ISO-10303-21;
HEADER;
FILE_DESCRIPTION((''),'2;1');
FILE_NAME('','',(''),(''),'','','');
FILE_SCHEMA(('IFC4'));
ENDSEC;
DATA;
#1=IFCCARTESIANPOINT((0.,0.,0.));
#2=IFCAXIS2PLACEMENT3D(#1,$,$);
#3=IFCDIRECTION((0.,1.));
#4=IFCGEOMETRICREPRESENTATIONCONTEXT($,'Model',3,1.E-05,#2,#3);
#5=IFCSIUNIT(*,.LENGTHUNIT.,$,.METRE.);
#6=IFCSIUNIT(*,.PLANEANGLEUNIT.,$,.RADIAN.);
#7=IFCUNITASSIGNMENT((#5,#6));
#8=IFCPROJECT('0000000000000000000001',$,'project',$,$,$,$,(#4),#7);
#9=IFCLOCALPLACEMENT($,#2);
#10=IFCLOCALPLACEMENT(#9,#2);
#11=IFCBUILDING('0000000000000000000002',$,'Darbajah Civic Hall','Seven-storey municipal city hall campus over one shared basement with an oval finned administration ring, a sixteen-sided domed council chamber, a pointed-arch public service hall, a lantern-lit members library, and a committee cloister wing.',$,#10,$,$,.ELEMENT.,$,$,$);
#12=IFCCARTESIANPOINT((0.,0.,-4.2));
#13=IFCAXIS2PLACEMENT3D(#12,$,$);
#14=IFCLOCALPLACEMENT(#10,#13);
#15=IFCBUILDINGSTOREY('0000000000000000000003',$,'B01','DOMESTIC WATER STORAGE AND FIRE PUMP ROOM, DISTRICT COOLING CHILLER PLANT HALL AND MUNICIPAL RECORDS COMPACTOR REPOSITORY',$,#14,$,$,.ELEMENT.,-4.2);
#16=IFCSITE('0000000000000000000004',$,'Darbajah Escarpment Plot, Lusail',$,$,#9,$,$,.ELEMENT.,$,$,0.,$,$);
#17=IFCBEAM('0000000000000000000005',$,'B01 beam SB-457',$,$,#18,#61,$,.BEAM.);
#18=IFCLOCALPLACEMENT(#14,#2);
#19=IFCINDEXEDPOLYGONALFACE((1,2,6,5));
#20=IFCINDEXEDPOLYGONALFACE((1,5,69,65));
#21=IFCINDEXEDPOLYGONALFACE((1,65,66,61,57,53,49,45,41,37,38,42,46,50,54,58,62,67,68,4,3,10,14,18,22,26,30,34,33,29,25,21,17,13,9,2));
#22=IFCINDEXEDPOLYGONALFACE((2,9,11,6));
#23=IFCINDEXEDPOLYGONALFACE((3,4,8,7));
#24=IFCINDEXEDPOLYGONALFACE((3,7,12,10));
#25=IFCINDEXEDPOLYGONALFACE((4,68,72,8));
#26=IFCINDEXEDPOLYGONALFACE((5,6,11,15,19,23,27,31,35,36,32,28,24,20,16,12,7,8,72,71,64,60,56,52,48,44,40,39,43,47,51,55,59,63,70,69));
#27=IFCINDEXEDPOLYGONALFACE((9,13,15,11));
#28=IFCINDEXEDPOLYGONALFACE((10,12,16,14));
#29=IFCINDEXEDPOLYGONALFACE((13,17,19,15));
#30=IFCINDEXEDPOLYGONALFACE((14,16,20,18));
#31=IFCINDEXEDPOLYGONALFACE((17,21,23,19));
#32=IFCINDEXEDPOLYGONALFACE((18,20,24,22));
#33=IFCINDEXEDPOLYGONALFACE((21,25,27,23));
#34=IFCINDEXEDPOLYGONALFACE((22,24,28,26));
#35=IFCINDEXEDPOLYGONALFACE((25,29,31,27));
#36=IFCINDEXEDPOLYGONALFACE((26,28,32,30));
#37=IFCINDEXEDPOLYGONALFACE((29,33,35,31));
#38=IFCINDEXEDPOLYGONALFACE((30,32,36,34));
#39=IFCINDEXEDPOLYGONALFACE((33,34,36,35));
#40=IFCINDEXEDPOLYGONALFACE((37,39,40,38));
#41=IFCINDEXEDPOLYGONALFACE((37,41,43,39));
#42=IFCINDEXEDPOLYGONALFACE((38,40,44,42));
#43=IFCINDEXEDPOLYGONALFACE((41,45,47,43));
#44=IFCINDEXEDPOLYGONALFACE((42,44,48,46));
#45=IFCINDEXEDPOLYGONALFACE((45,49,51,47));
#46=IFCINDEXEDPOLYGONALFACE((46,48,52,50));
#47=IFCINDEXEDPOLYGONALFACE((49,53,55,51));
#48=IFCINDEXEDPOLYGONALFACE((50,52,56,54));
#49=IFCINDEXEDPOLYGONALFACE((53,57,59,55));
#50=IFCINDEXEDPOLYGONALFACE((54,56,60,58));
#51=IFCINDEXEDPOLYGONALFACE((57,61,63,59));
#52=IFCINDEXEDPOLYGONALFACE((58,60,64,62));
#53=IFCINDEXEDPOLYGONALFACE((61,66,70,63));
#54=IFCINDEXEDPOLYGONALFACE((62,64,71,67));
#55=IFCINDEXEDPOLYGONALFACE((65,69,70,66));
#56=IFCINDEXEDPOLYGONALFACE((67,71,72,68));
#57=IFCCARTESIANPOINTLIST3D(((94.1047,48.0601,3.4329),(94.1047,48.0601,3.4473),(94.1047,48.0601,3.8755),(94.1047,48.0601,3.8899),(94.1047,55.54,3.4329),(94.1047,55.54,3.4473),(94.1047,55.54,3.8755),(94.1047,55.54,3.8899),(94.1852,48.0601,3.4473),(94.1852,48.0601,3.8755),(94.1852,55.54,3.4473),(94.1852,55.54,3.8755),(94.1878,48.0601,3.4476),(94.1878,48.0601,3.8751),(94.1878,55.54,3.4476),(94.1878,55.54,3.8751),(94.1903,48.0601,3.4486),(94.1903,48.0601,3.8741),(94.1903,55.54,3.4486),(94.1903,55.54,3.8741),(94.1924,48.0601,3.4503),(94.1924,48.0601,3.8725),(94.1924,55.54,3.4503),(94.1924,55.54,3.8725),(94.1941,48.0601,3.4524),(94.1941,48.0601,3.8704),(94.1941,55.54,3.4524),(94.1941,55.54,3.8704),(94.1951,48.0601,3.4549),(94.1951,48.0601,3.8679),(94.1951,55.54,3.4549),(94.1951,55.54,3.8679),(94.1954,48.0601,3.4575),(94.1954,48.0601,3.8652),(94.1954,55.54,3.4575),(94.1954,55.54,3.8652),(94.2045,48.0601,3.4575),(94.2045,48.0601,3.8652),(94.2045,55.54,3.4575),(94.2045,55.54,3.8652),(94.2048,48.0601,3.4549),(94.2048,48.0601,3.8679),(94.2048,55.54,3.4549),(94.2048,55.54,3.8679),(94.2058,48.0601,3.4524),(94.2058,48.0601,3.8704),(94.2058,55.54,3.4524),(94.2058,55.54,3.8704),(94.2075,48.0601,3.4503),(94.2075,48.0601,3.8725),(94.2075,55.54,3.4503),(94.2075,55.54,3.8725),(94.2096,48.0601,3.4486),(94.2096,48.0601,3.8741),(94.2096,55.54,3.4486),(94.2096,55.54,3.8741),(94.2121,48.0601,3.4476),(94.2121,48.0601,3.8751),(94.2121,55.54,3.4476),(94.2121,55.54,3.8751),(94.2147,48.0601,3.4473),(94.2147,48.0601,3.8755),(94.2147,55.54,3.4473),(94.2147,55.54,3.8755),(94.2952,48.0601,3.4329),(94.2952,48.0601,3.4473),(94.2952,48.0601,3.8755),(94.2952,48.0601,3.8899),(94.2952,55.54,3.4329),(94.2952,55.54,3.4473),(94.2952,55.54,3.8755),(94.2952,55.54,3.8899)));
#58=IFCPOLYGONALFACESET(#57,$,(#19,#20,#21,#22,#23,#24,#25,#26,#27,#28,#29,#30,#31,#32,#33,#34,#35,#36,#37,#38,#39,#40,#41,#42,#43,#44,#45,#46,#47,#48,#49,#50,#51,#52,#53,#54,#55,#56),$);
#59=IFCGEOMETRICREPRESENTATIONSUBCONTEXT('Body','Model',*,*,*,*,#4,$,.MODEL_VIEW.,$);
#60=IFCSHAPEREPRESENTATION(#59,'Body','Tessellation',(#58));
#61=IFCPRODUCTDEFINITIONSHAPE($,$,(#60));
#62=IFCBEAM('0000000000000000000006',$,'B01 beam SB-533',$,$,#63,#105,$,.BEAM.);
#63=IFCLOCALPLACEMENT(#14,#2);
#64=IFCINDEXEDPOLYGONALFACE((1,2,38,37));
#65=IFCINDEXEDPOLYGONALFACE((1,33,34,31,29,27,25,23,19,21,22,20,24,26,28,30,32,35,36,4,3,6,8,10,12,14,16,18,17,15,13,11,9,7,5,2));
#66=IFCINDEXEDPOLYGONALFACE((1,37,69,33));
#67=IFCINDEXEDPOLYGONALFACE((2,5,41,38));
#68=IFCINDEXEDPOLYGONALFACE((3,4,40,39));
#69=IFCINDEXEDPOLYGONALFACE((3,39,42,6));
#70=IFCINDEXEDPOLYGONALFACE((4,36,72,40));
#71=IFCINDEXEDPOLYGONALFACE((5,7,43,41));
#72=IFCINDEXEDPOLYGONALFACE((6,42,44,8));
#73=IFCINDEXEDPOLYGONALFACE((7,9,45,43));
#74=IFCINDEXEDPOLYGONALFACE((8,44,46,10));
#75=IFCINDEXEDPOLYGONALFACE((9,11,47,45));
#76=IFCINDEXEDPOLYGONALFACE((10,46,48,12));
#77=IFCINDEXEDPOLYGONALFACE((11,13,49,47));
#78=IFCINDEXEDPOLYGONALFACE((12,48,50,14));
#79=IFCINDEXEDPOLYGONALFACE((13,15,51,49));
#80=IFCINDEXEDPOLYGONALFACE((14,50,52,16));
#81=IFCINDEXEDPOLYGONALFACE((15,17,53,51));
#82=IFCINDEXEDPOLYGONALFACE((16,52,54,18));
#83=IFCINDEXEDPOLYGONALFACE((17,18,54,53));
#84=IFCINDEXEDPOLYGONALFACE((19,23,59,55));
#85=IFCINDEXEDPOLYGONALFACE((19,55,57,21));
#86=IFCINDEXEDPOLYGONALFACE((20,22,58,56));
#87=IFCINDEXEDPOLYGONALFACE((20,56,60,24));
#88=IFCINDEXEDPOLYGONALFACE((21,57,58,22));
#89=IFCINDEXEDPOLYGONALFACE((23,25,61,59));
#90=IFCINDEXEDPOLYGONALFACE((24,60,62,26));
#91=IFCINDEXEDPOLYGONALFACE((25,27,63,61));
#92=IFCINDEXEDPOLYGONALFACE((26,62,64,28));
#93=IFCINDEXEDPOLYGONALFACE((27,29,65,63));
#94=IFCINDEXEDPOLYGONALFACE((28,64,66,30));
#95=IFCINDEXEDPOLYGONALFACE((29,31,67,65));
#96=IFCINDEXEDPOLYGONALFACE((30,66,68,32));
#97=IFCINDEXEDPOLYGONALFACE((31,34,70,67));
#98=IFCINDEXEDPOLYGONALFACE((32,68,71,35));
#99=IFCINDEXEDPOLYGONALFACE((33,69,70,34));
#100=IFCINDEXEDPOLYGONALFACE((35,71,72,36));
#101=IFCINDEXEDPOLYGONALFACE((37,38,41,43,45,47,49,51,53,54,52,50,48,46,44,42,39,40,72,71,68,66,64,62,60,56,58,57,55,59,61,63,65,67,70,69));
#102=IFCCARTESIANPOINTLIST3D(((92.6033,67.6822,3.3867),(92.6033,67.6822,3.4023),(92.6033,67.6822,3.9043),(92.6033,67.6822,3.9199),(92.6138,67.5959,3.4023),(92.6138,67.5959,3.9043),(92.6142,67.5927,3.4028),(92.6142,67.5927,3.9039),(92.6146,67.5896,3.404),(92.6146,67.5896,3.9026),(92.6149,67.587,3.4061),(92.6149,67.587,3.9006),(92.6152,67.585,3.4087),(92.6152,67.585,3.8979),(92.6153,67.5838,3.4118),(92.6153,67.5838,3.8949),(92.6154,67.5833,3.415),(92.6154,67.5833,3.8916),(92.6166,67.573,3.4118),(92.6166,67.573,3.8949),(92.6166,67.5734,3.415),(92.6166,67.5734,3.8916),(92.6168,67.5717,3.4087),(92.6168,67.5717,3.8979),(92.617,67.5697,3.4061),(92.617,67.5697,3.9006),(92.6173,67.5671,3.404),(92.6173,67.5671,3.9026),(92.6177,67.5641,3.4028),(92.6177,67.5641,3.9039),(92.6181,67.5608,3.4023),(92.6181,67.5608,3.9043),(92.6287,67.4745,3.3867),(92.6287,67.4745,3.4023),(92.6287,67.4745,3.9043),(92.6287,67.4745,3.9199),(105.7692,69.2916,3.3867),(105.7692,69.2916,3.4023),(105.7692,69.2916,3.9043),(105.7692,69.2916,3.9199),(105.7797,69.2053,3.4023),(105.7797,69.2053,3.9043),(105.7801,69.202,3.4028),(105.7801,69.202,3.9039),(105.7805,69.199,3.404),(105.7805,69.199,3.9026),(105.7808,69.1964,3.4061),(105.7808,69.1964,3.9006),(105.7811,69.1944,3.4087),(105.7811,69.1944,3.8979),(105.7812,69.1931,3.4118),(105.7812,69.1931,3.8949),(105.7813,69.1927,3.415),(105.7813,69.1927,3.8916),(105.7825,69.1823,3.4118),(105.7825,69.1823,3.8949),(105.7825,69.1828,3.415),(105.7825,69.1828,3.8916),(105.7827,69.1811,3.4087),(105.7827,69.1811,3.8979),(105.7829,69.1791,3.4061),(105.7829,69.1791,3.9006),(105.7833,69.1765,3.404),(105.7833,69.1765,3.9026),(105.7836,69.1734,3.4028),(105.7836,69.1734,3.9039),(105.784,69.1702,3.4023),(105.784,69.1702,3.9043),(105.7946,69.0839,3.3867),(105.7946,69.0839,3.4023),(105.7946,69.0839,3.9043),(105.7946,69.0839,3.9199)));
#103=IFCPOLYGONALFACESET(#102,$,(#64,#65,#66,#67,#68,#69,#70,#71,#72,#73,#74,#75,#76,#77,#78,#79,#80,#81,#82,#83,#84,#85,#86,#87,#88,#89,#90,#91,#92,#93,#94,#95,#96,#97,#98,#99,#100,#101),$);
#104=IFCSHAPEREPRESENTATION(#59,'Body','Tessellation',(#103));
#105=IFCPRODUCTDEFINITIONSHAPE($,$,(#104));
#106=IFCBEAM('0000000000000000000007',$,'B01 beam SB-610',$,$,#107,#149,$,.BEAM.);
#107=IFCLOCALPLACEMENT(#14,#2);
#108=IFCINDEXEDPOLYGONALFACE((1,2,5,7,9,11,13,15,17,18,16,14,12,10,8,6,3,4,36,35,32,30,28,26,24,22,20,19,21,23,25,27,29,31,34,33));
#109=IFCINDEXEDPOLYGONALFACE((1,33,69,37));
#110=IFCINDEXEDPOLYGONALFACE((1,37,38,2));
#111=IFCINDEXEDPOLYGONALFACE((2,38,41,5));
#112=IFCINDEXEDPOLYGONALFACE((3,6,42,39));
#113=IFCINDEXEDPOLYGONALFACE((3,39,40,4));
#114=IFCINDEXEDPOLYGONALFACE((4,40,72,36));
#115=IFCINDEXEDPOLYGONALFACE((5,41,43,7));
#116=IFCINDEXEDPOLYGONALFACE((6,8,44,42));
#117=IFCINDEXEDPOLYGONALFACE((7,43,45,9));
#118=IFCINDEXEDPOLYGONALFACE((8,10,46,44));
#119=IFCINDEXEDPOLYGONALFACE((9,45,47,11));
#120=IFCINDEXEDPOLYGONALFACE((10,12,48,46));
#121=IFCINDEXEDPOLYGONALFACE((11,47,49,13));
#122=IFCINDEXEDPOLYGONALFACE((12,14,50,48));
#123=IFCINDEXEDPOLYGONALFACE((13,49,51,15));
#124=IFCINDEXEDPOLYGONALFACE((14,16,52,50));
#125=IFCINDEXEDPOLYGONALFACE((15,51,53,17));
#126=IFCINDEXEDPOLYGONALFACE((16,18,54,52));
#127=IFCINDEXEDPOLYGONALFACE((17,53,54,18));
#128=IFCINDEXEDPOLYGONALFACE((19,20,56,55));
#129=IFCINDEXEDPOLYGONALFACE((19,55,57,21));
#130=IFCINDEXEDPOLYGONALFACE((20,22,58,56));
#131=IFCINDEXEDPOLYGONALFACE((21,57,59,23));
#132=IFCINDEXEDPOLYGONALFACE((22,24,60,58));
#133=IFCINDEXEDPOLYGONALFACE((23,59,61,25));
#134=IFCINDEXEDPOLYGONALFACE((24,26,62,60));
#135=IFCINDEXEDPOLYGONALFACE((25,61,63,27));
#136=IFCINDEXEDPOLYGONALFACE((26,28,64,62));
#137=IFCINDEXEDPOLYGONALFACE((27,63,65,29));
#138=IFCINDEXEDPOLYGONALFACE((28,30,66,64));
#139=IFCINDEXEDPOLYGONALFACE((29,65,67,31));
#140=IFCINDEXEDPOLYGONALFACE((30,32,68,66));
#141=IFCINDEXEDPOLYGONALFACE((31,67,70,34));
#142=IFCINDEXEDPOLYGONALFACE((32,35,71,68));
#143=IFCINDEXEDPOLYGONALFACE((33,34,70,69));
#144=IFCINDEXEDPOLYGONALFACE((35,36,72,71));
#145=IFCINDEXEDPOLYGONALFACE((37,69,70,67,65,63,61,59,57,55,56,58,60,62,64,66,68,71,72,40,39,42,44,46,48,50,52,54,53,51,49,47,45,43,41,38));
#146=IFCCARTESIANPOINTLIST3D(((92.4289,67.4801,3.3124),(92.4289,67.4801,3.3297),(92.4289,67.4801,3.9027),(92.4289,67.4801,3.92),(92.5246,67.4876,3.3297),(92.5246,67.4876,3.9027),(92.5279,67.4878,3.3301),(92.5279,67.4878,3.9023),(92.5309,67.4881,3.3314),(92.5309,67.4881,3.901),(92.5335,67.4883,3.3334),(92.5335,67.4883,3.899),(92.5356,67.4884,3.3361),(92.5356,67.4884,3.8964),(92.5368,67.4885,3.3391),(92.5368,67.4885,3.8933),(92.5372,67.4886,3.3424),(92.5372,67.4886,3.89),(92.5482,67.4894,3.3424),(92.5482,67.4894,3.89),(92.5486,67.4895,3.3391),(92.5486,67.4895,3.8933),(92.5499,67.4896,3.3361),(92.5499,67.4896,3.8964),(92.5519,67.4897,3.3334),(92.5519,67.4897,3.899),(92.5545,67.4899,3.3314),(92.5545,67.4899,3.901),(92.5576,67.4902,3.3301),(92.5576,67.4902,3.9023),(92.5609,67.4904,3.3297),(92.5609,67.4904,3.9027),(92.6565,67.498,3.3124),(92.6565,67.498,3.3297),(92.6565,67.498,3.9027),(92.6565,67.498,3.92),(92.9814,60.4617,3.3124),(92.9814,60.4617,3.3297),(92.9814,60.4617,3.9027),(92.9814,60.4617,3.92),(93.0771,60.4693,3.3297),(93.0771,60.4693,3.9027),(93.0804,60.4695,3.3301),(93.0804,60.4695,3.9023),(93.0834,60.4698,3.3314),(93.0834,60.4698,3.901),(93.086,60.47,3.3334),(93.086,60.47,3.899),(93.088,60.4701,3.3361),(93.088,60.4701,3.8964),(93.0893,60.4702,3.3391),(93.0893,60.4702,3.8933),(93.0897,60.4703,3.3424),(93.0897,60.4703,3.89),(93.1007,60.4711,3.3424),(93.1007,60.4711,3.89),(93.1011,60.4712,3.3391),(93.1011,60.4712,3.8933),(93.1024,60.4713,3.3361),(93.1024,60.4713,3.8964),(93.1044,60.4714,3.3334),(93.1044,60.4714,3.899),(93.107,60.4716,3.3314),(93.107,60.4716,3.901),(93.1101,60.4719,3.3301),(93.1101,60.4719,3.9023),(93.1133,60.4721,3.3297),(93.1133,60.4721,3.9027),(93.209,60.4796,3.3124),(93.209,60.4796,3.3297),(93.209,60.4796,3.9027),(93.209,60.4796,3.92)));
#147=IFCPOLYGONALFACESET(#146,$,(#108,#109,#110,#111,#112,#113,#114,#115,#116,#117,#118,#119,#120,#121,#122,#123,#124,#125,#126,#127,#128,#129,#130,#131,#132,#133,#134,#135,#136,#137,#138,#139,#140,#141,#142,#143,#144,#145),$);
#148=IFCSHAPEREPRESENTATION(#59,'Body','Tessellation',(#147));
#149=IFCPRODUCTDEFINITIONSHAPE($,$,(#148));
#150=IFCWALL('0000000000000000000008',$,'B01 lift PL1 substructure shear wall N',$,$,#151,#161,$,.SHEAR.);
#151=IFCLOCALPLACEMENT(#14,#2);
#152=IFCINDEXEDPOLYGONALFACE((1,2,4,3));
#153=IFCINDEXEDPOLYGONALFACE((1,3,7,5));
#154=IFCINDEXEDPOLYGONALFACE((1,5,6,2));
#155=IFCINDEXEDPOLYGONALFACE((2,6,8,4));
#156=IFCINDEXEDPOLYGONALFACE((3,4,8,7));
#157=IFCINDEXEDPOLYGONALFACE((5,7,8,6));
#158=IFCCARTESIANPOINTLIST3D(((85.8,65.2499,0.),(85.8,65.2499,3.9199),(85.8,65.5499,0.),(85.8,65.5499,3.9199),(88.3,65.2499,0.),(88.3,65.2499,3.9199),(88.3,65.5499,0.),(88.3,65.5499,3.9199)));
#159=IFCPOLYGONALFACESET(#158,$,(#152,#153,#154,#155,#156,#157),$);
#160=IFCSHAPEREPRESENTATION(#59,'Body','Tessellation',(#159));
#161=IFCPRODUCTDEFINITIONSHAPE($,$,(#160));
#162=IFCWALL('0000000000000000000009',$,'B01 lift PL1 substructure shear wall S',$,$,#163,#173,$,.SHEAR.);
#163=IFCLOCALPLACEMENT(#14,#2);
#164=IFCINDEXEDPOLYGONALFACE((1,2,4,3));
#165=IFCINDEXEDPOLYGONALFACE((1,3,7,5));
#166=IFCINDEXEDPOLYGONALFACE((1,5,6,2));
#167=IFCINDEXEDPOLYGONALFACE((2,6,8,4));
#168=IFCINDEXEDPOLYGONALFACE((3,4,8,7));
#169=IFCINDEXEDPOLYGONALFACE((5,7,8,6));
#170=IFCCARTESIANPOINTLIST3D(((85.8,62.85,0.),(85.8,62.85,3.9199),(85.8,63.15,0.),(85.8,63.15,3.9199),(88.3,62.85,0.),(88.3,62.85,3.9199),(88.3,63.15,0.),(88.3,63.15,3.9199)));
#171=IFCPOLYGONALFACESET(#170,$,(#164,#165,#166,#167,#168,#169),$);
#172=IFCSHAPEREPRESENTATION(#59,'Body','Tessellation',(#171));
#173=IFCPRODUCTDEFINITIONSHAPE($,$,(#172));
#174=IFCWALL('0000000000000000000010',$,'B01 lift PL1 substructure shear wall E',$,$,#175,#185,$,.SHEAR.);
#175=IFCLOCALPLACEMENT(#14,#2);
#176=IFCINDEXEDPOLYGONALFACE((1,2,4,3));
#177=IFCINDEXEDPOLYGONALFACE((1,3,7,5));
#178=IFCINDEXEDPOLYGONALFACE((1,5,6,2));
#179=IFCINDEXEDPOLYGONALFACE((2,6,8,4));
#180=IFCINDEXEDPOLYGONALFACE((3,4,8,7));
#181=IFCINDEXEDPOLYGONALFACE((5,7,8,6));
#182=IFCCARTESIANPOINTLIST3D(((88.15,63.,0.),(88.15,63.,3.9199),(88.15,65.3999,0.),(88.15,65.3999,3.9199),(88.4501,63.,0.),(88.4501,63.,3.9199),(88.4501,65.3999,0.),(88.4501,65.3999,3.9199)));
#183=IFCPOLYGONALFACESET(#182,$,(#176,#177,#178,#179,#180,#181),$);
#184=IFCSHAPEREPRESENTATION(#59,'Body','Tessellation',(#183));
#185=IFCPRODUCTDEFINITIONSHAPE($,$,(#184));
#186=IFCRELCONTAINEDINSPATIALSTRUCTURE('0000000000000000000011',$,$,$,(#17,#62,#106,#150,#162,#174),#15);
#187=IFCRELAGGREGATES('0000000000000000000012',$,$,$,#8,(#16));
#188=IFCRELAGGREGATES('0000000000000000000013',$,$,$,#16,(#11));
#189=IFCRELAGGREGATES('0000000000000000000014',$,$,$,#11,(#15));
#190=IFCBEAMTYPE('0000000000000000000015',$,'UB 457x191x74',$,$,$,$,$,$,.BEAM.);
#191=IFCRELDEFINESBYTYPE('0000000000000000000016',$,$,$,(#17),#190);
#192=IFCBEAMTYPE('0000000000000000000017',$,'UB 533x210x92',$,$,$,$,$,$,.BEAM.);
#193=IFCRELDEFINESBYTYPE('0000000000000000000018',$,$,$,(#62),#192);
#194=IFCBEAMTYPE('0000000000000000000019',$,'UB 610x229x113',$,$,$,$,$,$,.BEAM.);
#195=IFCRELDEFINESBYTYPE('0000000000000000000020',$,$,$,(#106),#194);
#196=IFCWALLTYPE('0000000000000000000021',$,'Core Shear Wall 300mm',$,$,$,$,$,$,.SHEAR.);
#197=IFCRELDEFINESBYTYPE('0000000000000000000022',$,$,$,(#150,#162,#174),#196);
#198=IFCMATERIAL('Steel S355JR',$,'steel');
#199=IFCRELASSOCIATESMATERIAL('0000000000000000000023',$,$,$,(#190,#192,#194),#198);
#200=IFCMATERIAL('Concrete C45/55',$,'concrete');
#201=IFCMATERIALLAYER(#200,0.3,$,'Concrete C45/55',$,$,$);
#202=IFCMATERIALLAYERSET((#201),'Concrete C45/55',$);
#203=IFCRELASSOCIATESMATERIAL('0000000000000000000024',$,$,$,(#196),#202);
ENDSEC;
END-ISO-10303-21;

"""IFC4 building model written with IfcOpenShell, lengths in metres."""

from ifc_helpers import new_model, si_unit, direction, frame, frame_2d, origin, origin_2d, place, context, subcontext, project, spatial, rectangle, i_section, extrude, material, layer, layer_set, material_profile, profile_set, type_object, element, save


model = new_model("IFC4")

# Units and contexts
model_context = context("Model", 3, precision=1e-05, world=origin(), true_north=direction((0.0, 1.0)))
body_context = subcontext(model_context, "Body", "Model", "MODEL_VIEW")
ifc_project = project(units=[si_unit("LENGTHUNIT", "METRE"), si_unit("PLANEANGLEUNIT", "RADIAN")], contexts=[model_context])

# Site, building, storey
site_placement = place(None, origin())
site = spatial("IfcSite", under=ifc_project, at=site_placement, Name="Darbajah Escarpment Plot, Lusail", CompositionType="ELEMENT", RefElevation=0.0)
building_placement = place(site_placement, origin())
building = spatial("IfcBuilding", under=site, at=building_placement, Name="Darbajah Civic Hall", Description="Seven-storey municipal city hall campus over one shared basement with an oval finned administration ring, a sixteen-sided domed council chamber, a pointed-arch public service hall, a lantern-lit members library, and a committee cloister wing.", CompositionType="ELEMENT")
storey_placement = place(building_placement, frame((0.0, 0.0, -4.2)))
storey = spatial("IfcBuildingStorey", under=building, at=storey_placement, Name="B01", Description="DOMESTIC WATER STORAGE AND FIRE PUMP ROOM, DISTRICT COOLING CHILLER PLANT HALL AND MUNICIPAL RECORDS COMPACTOR REPOSITORY", CompositionType="ELEMENT", Elevation=-4.2)

# Shared definitions
ifc_material_1 = material(Name="Concrete C45/55", Category="concrete")

# Beams
ifc_material_2 = material(Name="Steel S355JR", Category="steel")
ifc_material_profile_1 = material_profile(ifc_material_2, i_section(OverallWidth=0.1904, OverallDepth=0.457, WebThickness=0.009, FlangeThickness=0.0144, FilletRadius=0.0103, at=origin_2d()), Name="UB 457x191x74")
ifc_profile_set_1 = profile_set([ifc_material_profile_1], Name="Steel S355JR")
beam_type_1 = type_object("IfcBeamType", Name="UB 457x191x74", PredefinedType="BEAM", material=ifc_profile_set_1)
beam_1_placement = place(storey_placement, frame((94.2, 48.0601, 3.6614), z_axis=(0.0, 1.0, 0.0), x_axis=(-1.0, 0.0, 0.0)))
element("IfcBeam", 1, at=beam_1_placement, inside=storey, type_object=beam_type_1, Name="B01 beam SB-457", PredefinedType="BEAM", context=body_context, shape_type="SweptSolid", body=[
    extrude(i_section(OverallWidth=0.1904, OverallDepth=0.457, WebThickness=0.009, FlangeThickness=0.0144, FilletRadius=0.0103, at=origin_2d()), origin(), (0.0, 0.0, 1.0), 7.48),
])
ifc_material_profile_2 = material_profile(ifc_material_2, i_section(OverallWidth=0.2092, OverallDepth=0.5332, WebThickness=0.01, FlangeThickness=0.0156, FilletRadius=0.0127, at=origin_2d()), Name="UB 533x210x92")
ifc_profile_set_2 = profile_set([ifc_material_profile_2], Name="Steel S355JR")
beam_type_2 = type_object("IfcBeamType", Name="UB 533x210x92", PredefinedType="BEAM", material=ifc_profile_set_2)
beam_2_placement = place(storey_placement, frame((92.616, 67.5784, 3.6533), z_axis=(0.992612, 0.121334, 0.0), x_axis=(-0.121334, 0.992612, 0.0)))
element("IfcBeam", 2, at=beam_2_placement, inside=storey, type_object=beam_type_2, Name="B01 beam SB-533", PredefinedType="BEAM", context=body_context, shape_type="SweptSolid", body=[
    extrude(i_section(OverallWidth=0.2092, OverallDepth=0.5332, WebThickness=0.01, FlangeThickness=0.0156, FilletRadius=0.0127, at=origin_2d()), origin(), (0.0, 0.0, 1.0), 13.2639),
])
ifc_material_profile_3 = material_profile(ifc_material_2, i_section(OverallWidth=0.2283, OverallDepth=0.6077, WebThickness=0.011, FlangeThickness=0.0173, FilletRadius=0.0127, at=origin_2d()), Name="UB 610x229x113")
ifc_profile_set_3 = profile_set([ifc_material_profile_3], Name="Steel S355JR")
beam_type_3 = type_object("IfcBeamType", Name="UB 610x229x113", PredefinedType="BEAM", material=ifc_profile_set_3)
beam_3_placement = place(storey_placement, frame((92.5427, 67.489, 3.6162), z_axis=(0.078478, -0.996916, 0.0), x_axis=(0.996916, 0.078478, 0.0)))
element("IfcBeam", 3, at=beam_3_placement, inside=storey, type_object=beam_type_3, Name="B01 beam SB-610", PredefinedType="BEAM", context=body_context, shape_type="SweptSolid", body=[
    extrude(i_section(OverallWidth=0.2283, OverallDepth=0.6077, WebThickness=0.011, FlangeThickness=0.0173, FilletRadius=0.0127, at=origin_2d()), origin(), (0.0, 0.0, 1.0), 7.04),
])

# Walls
ifc_layer_1 = layer(ifc_material_1, 0.3, Name="Concrete C45/55")
ifc_layer_set_1 = layer_set([ifc_layer_1], Name="Concrete C45/55")
wall_type_1 = type_object("IfcWallType", Name="Core Shear Wall 300mm", PredefinedType="SHEAR", material=ifc_layer_set_1)
for number, where, z_axis, x_axis, name in (
    (4, (88.3, 65.3999, 0.0), (0.0, 0.0, 1.0), (-1.0, 0.0, 0.0), "B01 lift PL1 substructure shear wall N"),
    (5, (85.8, 63.0, 0.0), (0.0, 0.0, 1.0), (1.0, 0.0, 0.0), "B01 lift PL1 substructure shear wall S"),
):
    element("IfcWall", number, at=place(storey_placement, frame(where, z_axis=z_axis, x_axis=x_axis)), inside=storey, type_object=wall_type_1, Name=name, PredefinedType="SHEAR", context=body_context, shape_type="SweptSolid", body=[
        extrude(rectangle(XDim=2.5, YDim=0.3, at=frame_2d((1.25, 0.0))), origin(), (0.0, 0.0, 1.0), 3.9199),
    ])
wall_1_placement = place(storey_placement, frame((88.3, 63.0, 0.0), z_axis=(0.0, 0.0, 1.0), x_axis=(0.0, 1.0, 0.0)))
element("IfcWall", 6, at=wall_1_placement, inside=storey, type_object=wall_type_1, Name="B01 lift PL1 substructure shear wall E", PredefinedType="SHEAR", context=body_context, shape_type="SweptSolid", body=[
    extrude(rectangle(XDim=2.3999, YDim=0.3, at=frame_2d((1.2, 0.0))), origin(), (0.0, 0.0, 1.0), 3.9199),
])

save(model, "model.ifc")
